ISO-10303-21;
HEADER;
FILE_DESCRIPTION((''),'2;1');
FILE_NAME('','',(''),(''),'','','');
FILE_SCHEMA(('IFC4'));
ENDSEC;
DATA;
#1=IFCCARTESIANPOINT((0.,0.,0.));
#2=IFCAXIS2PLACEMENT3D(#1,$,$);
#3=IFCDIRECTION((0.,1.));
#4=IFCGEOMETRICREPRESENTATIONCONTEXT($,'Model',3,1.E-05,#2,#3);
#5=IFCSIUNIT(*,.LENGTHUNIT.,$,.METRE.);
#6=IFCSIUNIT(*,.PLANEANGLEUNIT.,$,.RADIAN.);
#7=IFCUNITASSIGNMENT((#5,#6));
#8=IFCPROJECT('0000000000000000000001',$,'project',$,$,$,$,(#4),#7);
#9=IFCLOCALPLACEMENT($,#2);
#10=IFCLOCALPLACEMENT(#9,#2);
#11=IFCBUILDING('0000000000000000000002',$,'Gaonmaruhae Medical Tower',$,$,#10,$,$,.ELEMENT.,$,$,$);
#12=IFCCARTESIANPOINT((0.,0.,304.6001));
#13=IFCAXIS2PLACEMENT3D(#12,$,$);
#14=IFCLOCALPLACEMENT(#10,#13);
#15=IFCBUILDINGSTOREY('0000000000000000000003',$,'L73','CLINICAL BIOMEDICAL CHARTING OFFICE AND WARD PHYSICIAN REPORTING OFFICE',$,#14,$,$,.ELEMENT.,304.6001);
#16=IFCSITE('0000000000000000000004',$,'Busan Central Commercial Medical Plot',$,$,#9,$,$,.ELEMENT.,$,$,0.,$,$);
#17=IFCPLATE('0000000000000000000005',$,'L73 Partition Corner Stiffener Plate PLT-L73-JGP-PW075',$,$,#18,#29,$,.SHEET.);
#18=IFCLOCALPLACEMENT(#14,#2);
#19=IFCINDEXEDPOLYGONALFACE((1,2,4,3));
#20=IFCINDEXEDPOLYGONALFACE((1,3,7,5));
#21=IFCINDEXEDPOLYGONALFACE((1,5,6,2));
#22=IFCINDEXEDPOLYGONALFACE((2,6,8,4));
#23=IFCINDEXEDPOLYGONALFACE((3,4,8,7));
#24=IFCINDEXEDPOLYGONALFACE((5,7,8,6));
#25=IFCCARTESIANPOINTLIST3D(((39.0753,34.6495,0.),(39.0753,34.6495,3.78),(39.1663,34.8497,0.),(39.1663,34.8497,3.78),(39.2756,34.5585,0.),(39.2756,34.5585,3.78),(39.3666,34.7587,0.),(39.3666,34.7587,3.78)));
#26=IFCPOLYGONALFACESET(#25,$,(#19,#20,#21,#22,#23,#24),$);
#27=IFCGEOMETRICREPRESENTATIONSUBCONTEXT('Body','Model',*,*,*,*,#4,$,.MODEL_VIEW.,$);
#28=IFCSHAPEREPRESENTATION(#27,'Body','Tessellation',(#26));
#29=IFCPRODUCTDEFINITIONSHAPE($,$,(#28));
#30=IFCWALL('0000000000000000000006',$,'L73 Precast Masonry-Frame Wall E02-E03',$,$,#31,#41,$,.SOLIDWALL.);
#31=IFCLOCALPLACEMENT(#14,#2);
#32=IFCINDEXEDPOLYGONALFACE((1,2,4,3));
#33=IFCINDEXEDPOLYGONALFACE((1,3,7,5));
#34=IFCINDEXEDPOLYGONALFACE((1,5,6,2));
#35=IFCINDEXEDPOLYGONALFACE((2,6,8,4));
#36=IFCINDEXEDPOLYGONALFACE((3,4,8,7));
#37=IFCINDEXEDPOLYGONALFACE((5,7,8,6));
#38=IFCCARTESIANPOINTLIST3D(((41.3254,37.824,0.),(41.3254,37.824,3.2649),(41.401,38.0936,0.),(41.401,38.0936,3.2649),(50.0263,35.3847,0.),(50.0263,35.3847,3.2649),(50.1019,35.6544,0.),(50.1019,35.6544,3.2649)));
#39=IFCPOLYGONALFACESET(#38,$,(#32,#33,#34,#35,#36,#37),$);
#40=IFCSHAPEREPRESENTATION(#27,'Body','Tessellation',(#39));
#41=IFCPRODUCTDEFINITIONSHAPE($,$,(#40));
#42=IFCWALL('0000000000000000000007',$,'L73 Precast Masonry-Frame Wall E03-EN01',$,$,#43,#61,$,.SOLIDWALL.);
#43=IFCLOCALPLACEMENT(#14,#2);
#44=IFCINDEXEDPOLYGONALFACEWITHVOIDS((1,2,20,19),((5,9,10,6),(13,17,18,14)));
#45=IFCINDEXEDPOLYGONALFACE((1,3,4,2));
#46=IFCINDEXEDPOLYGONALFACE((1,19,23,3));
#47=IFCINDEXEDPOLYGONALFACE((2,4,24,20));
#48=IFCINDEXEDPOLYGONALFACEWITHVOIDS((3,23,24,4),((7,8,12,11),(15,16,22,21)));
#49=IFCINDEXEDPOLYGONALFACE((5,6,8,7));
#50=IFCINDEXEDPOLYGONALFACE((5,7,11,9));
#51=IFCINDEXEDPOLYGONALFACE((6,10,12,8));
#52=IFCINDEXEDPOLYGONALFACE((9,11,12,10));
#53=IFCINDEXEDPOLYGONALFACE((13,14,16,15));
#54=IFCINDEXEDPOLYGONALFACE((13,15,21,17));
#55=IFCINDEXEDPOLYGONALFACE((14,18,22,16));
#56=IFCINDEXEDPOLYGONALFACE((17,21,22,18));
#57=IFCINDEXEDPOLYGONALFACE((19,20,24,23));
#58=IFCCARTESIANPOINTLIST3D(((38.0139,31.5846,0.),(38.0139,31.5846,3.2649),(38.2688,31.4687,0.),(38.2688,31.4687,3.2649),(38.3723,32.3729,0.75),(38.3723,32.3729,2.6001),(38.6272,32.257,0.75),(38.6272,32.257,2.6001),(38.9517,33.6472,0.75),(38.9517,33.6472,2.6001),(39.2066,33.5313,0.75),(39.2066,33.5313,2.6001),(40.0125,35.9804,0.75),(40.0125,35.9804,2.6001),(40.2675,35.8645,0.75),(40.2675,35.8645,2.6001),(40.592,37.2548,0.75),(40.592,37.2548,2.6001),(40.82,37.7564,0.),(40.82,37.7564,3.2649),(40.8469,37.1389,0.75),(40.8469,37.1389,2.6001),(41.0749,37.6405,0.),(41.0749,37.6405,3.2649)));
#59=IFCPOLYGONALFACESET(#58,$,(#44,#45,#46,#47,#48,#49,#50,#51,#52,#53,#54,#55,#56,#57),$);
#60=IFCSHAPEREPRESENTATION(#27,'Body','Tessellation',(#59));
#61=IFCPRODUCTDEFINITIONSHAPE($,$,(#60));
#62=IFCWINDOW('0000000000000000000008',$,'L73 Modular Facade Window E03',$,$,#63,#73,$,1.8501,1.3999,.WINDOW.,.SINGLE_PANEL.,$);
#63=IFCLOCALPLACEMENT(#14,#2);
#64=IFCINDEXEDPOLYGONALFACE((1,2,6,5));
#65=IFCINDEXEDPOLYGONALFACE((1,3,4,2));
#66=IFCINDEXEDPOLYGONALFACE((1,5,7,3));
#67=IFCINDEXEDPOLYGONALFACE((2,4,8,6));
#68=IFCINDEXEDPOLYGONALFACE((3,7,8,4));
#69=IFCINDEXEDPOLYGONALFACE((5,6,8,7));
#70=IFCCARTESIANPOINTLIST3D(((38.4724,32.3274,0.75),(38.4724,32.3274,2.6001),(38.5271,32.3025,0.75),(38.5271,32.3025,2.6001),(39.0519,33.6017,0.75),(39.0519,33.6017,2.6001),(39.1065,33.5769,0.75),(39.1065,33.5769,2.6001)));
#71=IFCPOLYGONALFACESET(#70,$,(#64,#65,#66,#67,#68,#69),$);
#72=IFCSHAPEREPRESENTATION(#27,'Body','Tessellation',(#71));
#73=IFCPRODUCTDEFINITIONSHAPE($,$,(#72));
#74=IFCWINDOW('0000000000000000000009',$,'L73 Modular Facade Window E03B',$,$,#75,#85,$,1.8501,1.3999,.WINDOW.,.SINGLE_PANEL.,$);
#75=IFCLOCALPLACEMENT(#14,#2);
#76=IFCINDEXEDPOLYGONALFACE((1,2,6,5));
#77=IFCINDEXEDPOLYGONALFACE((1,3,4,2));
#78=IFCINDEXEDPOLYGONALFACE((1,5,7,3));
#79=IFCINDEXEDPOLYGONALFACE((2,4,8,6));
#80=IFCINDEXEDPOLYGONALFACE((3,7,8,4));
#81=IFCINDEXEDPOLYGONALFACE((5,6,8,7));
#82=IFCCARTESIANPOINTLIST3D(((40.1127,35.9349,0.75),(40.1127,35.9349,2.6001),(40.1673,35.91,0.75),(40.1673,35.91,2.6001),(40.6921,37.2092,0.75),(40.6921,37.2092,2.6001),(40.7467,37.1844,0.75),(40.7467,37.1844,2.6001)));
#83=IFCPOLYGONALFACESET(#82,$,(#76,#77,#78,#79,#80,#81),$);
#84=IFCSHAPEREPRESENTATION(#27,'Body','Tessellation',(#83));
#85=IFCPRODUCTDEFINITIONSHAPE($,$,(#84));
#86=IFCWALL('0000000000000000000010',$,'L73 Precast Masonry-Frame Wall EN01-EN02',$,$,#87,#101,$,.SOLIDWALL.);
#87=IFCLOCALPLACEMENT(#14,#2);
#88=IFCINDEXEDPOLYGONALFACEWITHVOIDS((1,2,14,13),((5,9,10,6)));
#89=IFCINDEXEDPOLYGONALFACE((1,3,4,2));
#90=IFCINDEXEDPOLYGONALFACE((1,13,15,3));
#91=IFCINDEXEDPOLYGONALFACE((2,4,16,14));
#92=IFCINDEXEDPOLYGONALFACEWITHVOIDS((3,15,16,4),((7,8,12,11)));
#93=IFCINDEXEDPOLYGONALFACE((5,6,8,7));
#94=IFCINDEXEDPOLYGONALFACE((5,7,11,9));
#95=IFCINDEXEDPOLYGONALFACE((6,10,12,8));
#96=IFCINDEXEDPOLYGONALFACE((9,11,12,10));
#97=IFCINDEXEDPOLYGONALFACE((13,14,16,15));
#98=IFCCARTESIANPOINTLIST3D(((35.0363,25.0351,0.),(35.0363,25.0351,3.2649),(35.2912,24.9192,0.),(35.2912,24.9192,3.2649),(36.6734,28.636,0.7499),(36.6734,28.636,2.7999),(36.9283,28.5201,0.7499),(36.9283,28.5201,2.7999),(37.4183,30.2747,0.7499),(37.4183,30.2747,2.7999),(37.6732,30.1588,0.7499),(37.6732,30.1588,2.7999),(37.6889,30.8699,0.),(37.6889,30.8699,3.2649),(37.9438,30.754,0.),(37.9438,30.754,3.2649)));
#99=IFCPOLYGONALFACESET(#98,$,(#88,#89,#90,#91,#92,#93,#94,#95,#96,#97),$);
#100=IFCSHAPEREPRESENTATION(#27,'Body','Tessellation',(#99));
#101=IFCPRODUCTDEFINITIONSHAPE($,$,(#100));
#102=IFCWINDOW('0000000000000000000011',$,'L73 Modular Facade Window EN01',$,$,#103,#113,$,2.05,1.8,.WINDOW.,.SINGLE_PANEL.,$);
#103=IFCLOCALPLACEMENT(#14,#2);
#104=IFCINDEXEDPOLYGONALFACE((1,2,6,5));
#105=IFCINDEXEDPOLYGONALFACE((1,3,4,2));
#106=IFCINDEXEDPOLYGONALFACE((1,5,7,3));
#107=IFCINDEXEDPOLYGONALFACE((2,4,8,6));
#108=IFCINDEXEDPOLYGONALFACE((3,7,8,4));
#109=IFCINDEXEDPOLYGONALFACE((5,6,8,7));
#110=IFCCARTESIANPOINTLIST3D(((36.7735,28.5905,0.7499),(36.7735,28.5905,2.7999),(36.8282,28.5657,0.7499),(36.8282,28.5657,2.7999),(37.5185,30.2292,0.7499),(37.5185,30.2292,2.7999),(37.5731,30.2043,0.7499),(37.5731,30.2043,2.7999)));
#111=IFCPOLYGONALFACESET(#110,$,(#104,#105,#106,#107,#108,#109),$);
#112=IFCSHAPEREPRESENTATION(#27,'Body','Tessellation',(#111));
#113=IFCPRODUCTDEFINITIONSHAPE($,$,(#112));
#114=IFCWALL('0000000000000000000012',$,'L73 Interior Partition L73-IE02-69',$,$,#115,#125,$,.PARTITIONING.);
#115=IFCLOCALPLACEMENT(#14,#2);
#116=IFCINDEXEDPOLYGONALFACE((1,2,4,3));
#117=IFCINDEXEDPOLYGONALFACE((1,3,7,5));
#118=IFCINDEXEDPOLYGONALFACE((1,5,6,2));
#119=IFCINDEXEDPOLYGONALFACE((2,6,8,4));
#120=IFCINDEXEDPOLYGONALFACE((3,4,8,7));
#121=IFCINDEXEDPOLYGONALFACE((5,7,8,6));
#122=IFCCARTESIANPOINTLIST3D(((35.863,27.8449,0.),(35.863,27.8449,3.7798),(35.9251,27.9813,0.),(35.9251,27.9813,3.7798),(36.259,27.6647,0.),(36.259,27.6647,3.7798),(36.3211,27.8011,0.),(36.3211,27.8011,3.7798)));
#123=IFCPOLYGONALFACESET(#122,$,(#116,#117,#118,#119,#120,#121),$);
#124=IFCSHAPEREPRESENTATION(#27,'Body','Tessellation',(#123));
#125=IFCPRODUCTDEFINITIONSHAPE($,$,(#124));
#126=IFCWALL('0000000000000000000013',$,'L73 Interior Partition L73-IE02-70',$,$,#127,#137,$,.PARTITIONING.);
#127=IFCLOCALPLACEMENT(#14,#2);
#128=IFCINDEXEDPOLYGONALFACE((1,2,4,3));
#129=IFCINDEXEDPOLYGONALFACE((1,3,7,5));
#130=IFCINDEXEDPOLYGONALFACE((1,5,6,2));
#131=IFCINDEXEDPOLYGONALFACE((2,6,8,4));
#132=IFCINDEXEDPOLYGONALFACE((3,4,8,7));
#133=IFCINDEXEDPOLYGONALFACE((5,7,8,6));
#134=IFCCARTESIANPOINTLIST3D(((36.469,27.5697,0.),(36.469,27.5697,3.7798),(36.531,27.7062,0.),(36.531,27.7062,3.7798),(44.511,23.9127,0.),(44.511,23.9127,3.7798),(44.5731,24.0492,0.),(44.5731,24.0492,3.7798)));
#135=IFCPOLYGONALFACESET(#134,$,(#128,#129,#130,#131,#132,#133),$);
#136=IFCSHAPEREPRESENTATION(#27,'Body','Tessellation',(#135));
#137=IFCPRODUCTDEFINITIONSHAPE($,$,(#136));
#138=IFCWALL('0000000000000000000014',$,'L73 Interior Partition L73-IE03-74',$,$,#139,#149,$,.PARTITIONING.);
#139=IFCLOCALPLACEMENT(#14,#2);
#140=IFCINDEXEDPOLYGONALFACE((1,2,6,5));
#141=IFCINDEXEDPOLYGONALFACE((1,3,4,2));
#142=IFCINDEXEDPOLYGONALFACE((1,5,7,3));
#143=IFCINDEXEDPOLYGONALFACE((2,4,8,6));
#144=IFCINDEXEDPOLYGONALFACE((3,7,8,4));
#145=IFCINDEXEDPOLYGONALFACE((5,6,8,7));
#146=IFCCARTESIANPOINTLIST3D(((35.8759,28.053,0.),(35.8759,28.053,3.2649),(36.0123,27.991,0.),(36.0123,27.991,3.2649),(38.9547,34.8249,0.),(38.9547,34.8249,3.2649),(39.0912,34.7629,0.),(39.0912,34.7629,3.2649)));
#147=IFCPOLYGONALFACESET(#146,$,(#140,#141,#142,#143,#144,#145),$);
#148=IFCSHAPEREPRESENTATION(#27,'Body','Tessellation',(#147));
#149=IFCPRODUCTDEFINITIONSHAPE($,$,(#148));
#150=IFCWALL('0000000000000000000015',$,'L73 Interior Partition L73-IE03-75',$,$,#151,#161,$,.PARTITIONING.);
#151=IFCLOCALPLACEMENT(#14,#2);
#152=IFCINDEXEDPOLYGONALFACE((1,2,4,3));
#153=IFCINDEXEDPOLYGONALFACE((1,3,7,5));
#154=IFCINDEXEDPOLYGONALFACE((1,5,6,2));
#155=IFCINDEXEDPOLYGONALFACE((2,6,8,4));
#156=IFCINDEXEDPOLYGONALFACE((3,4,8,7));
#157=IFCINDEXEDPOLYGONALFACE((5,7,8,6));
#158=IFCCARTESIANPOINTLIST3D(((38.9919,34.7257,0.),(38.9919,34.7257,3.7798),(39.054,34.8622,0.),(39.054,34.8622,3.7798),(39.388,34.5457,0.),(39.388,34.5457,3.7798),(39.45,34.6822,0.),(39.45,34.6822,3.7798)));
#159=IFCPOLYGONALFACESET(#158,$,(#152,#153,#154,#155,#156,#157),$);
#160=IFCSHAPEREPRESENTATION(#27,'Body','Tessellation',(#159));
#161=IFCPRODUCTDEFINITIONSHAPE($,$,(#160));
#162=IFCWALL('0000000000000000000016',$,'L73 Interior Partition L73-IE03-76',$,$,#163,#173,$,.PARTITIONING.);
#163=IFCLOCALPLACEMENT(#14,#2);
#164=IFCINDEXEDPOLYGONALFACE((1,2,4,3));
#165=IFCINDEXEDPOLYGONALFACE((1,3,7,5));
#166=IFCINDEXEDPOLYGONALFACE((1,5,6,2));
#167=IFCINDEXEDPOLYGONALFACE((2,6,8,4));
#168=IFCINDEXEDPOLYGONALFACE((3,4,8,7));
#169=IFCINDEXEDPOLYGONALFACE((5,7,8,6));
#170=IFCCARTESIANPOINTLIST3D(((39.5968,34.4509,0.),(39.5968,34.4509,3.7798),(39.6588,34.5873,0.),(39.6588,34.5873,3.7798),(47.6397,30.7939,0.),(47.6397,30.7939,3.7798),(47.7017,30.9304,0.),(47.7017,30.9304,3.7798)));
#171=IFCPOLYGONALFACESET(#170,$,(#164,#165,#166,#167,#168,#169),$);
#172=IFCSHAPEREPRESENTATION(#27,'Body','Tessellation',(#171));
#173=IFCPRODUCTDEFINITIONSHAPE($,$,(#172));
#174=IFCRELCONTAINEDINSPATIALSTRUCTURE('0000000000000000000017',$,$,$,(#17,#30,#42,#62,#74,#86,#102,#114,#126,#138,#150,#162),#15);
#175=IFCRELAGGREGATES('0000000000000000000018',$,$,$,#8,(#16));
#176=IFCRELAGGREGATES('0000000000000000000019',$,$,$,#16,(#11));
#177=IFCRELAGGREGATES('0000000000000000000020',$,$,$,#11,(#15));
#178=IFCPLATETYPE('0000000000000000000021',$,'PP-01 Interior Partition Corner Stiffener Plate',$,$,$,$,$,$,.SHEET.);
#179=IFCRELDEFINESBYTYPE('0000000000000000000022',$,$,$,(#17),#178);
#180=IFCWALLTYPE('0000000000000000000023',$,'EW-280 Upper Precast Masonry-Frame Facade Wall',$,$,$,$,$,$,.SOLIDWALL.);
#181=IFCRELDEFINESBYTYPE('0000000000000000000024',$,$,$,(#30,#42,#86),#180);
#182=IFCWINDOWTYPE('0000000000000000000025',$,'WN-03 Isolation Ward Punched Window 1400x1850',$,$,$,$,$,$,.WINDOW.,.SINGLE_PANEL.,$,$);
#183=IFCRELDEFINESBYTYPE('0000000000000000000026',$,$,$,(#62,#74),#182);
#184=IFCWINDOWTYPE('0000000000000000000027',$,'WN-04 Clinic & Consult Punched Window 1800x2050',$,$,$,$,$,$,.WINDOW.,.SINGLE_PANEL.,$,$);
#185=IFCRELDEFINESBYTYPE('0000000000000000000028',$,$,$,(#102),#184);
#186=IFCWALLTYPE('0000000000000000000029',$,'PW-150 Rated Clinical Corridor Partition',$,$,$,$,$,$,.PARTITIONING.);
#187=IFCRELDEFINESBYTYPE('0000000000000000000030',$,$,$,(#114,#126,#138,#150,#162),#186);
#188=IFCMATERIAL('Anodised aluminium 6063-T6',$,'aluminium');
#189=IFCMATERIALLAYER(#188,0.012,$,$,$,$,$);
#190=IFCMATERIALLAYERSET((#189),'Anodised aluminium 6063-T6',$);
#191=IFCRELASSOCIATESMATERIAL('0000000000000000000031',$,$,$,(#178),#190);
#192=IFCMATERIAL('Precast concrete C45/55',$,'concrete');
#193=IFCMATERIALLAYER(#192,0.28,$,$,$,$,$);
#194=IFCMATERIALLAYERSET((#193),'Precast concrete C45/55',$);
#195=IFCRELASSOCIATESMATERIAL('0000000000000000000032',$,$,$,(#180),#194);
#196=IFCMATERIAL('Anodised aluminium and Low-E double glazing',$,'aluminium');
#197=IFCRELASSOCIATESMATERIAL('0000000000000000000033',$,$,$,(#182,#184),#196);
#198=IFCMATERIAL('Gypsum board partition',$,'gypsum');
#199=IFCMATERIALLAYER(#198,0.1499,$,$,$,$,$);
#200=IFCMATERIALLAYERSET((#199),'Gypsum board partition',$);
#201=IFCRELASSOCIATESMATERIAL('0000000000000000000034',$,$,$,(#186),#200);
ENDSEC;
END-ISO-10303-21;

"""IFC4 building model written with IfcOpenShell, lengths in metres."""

from ifc_helpers import new_model, si_unit, direction, frame, frame_2d, origin, origin_2d, place, context, subcontext, project, spatial, rectangle, extrude, material, layer, layer_set, type_object, element, fill, save


model = new_model("IFC4")

# Units and contexts
model_context = context("Model", 3, precision=1e-05, world=origin(), true_north=direction((0.0, 1.0)))
body_context = subcontext(model_context, "Body", "Model", "MODEL_VIEW")
ifc_project = project(units=[si_unit("LENGTHUNIT", "METRE"), si_unit("PLANEANGLEUNIT", "RADIAN")], contexts=[model_context])

# Site, building, storey
site_placement = place(None, origin())
site = spatial("IfcSite", under=ifc_project, at=site_placement, Name="Busan Central Commercial Medical Plot", CompositionType="ELEMENT", RefElevation=0.0)
building_placement = place(site_placement, origin())
building = spatial("IfcBuilding", under=site, at=building_placement, Name="Gaonmaruhae Medical Tower", CompositionType="ELEMENT")
storey_placement = place(building_placement, frame((0.0, 0.0, 304.6001)))
storey = spatial("IfcBuildingStorey", under=building, at=storey_placement, Name="L73", Description="CLINICAL BIOMEDICAL CHARTING OFFICE AND WARD PHYSICIAN REPORTING OFFICE", CompositionType="ELEMENT", Elevation=304.6001)

# Plate
ifc_material_1 = material(Name="Anodised aluminium 6063-T6", Category="aluminium")
ifc_layer_1 = layer(ifc_material_1, 0.012)
ifc_layer_set_1 = layer_set([ifc_layer_1], Name="Anodised aluminium 6063-T6")
plate_type = type_object("IfcPlateType", Name="PP-01 Interior Partition Corner Stiffener Plate", PredefinedType="SHEET", material=ifc_layer_set_1)
for number, where, z_axis, x_axis, name in (
    (1, (39.2209, 34.7041, 0.0), (0.0, 0.0, 1.0), (0.910366, -0.413804, 0.0), "L73 Partition Corner Stiffener Plate PLT-L73-JGP-PW075"),
):
    element("IfcPlate", number, at=place(storey_placement, frame(where, z_axis=z_axis, x_axis=x_axis)), inside=storey, type_object=plate_type, Name=name, PredefinedType="SHEET", context=body_context, shape_type="SweptSolid", body=[
        extrude(rectangle(XDim=0.22, YDim=0.22, at=origin_2d()), origin(), (0.0, 0.0, 1.0), 3.78),
    ])

# Wall
ifc_material_2 = material(Name="Precast concrete C45/55", Category="concrete")
ifc_layer_2 = layer(ifc_material_2, 0.28)
ifc_layer_set_2 = layer_set([ifc_layer_2], Name="Precast concrete C45/55")
wall_type_1 = type_object("IfcWallType", Name="EW-280 Upper Precast Masonry-Frame Facade Wall", PredefinedType="SOLIDWALL", material=ifc_layer_set_2)
wall_1_placement = place(storey_placement, frame((41.3633, 37.9587, 0.0), z_axis=(0.0, 0.0, 1.0), x_axis=(0.962879, -0.269933, 0.0)))
element("IfcWall", 2, at=wall_1_placement, inside=storey, type_object=wall_type_1, Name="L73 Precast Masonry-Frame Wall E02-E03", PredefinedType="SOLIDWALL", context=body_context, shape_type="SweptSolid", body=[
    extrude(rectangle(XDim=9.0364, YDim=0.28, at=frame_2d((4.5181, 0.0))), origin(), (0.0, 0.0, 1.0), 3.2649),
])

# Wall, openings, windows
wall_2_placement = place(storey_placement, frame((38.1414, 31.5266, 0.0), z_axis=(0.0, 0.0, 1.0), x_axis=(0.413895, 0.910325, 0.0)))
wall_2 = element("IfcWall", 3, at=wall_2_placement, inside=storey, type_object=wall_type_1, Name="L73 Precast Masonry-Frame Wall E03-EN01", PredefinedType="SOLIDWALL", context=body_context, shape_type="SweptSolid", body=[
    extrude(rectangle(XDim=6.7798, YDim=0.28, at=frame_2d((3.3899, 0.0))), origin(), (0.0, 0.0, 1.0), 3.2649),
])
opening_1_placement = place(wall_2_placement, frame((0.866, 0.0, 0.75)))
opening_1 = element("IfcOpeningElement", 4, at=opening_1_placement, cuts=wall_2, PredefinedType="OPENING", context=body_context, shape_type="SweptSolid", body=[
    extrude(rectangle(XDim=1.3999, YDim=1.8501, at=frame_2d((0.7, 0.925))), frame((0.0, 0.1499, 0.0), z_axis=(0.0, -1.0, 0.0), x_axis=(1.0, 0.0, 0.0)), (0.0, 0.0, 1.0), 0.3),
])
opening_2_placement = place(wall_2_placement, frame((4.8289, 0.0, 0.75)))
opening_2 = element("IfcOpeningElement", 5, at=opening_2_placement, cuts=wall_2, PredefinedType="OPENING", context=body_context, shape_type="SweptSolid", body=[
    extrude(rectangle(XDim=1.3999, YDim=1.8501, at=frame_2d((0.7, 0.925))), frame((0.0, 0.1499, 0.0), z_axis=(0.0, -1.0, 0.0), x_axis=(1.0, 0.0, 0.0)), (0.0, 0.0, 1.0), 0.3),
])
ifc_material_3 = material(Name="Anodised aluminium and Low-E double glazing", Category="aluminium")
window_type_1 = type_object("IfcWindowType", Name="WN-03 Isolation Ward Punched Window 1400x1850", PartitioningType="SINGLE_PANEL", PredefinedType="WINDOW", material=ifc_material_3)
window_1_placement = place(opening_1_placement, origin())
window_1 = element("IfcWindow", 6, at=window_1_placement, inside=storey, type_object=window_type_1, Name="L73 Modular Facade Window E03", OverallHeight=1.8501, OverallWidth=1.3999, PartitioningType="SINGLE_PANEL", PredefinedType="WINDOW", context=body_context, shape_type="SweptSolid", body=[
    extrude(rectangle(XDim=1.3999, YDim=1.8501, at=frame_2d((0.7, 0.925))), frame((0.0, 0.03, 0.0), z_axis=(0.0, -1.0, 0.0), x_axis=(1.0, 0.0, 0.0)), (0.0, 0.0, 1.0), 0.0601),
])
fill(opening_1, window_1)
window_2_placement = place(opening_2_placement, origin())
window_2 = element("IfcWindow", 7, at=window_2_placement, inside=storey, type_object=window_type_1, Name="L73 Modular Facade Window E03B", OverallHeight=1.8501, OverallWidth=1.3999, PartitioningType="SINGLE_PANEL", PredefinedType="WINDOW", context=body_context, shape_type="SweptSolid", body=[
    extrude(rectangle(XDim=1.3999, YDim=1.8501, at=frame_2d((0.7, 0.925))), frame((0.0, 0.03, 0.0), z_axis=(0.0, -1.0, 0.0), x_axis=(1.0, 0.0, 0.0)), (0.0, 0.0, 1.0), 0.0601),
])
fill(opening_2, window_2)

# Wall, opening, window
wall_3_placement = place(storey_placement, frame((35.1638, 24.9773, 0.0), z_axis=(0.0, 0.0, 1.0), x_axis=(0.41386, 0.91034, 0.0)))
wall_3 = element("IfcWall", 8, at=wall_3_placement, inside=storey, type_object=wall_type_1, Name="L73 Precast Masonry-Frame Wall EN01-EN02", PredefinedType="SOLIDWALL", context=body_context, shape_type="SweptSolid", body=[
    extrude(rectangle(XDim=6.4094, YDim=0.28, at=frame_2d((3.2046, 0.0))), origin(), (0.0, 0.0, 1.0), 3.2649),
])
opening_3_placement = place(wall_3_placement, frame((3.9556, 0.0, 0.75)))
opening_3 = element("IfcOpeningElement", 9, at=opening_3_placement, cuts=wall_3, PredefinedType="OPENING", context=body_context, shape_type="SweptSolid", body=[
    extrude(rectangle(XDim=1.8, YDim=2.05, at=frame_2d((0.8999, 1.0249))), frame((0.0, 0.1499, 0.0), z_axis=(0.0, -1.0, 0.0), x_axis=(1.0, 0.0, 0.0)), (0.0, 0.0, 1.0), 0.3),
])
window_type_2 = type_object("IfcWindowType", Name="WN-04 Clinic & Consult Punched Window 1800x2050", PartitioningType="SINGLE_PANEL", PredefinedType="WINDOW", material=ifc_material_3)
window_3_placement = place(opening_3_placement, origin())
window_3 = element("IfcWindow", 10, at=window_3_placement, inside=storey, type_object=window_type_2, Name="L73 Modular Facade Window EN01", OverallHeight=2.05, OverallWidth=1.8, PartitioningType="SINGLE_PANEL", PredefinedType="WINDOW", context=body_context, shape_type="SweptSolid", body=[
    extrude(rectangle(XDim=1.8, YDim=2.05, at=frame_2d((0.8999, 1.0249))), frame((0.0, 0.03, 0.0), z_axis=(0.0, -1.0, 0.0), x_axis=(1.0, 0.0, 0.0)), (0.0, 0.0, 1.0), 0.0601),
])
fill(opening_3, window_3)

# Walls
ifc_material_4 = material(Name="Gypsum board partition", Category="gypsum")
ifc_layer_3 = layer(ifc_material_4, 0.1499)
ifc_layer_set_3 = layer_set([ifc_layer_3], Name="Gypsum board partition")
wall_type_2 = type_object("IfcWallType", Name="PW-150 Rated Clinical Corridor Partition", PredefinedType="PARTITIONING", material=ifc_layer_set_3)
wall_4_placement = place(storey_placement, frame((35.894, 27.9131, 0.0), z_axis=(0.0, 0.0, 1.0), x_axis=(0.910213, -0.414141, 0.0)))
element("IfcWall", 11, at=wall_4_placement, inside=storey, type_object=wall_type_2, Name="L73 Interior Partition L73-IE02-69", PredefinedType="PARTITIONING", context=body_context, shape_type="SweptSolid", body=[
    extrude(rectangle(XDim=0.4351, YDim=0.1499, at=frame_2d((0.2175, 0.0))), origin(), (0.0, 0.0, 1.0), 3.7798),
])
wall_5_placement = place(storey_placement, frame((36.5, 27.6379, 0.0), z_axis=(0.0, 0.0, 1.0), x_axis=(0.910301, -0.413947, 0.0)))
element("IfcWall", 12, at=wall_5_placement, inside=storey, type_object=wall_type_2, Name="L73 Interior Partition L73-IE02-70", PredefinedType="PARTITIONING", context=body_context, shape_type="SweptSolid", body=[
    extrude(rectangle(XDim=8.8345, YDim=0.1499, at=frame_2d((4.4172, 0.0))), origin(), (0.0, 0.0, 1.0), 3.7798),
])
wall_6_placement = place(storey_placement, frame((35.9441, 28.022, 0.0), z_axis=(0.0, 0.0, 1.0), x_axis=(0.41388, 0.910332, 0.0)))
element("IfcWall", 13, at=wall_6_placement, inside=storey, type_object=wall_type_2, Name="L73 Interior Partition L73-IE03-74", PredefinedType="PARTITIONING", context=body_context, shape_type="SweptSolid", body=[
    extrude(rectangle(XDim=7.439, YDim=0.1499, at=frame_2d((3.7195, 0.0))), origin(), (0.0, 0.0, 1.0), 3.2649),
])
wall_7_placement = place(storey_placement, frame((39.0229, 34.7939, 0.0), z_axis=(0.0, 0.0, 1.0), x_axis=(0.910424, -0.413676, 0.0)))
element("IfcWall", 14, at=wall_7_placement, inside=storey, type_object=wall_type_2, Name="L73 Interior Partition L73-IE03-75", PredefinedType="PARTITIONING", context=body_context, shape_type="SweptSolid", body=[
    extrude(rectangle(XDim=0.4351, YDim=0.1499, at=frame_2d((0.2175, 0.0))), origin(), (0.0, 0.0, 1.0), 3.7798),
])
wall_8_placement = place(storey_placement, frame((39.6279, 34.519, 0.0), z_axis=(0.0, 0.0, 1.0), x_axis=(0.91032, -0.413905, 0.0)))
element("IfcWall", 15, at=wall_8_placement, inside=storey, type_object=wall_type_2, Name="L73 Interior Partition L73-IE03-76", PredefinedType="PARTITIONING", context=body_context, shape_type="SweptSolid", body=[
    extrude(rectangle(XDim=8.8352, YDim=0.1499, at=frame_2d((4.4175, 0.0))), origin(), (0.0, 0.0, 1.0), 3.7798),
])

save(model, "model.ifc")
